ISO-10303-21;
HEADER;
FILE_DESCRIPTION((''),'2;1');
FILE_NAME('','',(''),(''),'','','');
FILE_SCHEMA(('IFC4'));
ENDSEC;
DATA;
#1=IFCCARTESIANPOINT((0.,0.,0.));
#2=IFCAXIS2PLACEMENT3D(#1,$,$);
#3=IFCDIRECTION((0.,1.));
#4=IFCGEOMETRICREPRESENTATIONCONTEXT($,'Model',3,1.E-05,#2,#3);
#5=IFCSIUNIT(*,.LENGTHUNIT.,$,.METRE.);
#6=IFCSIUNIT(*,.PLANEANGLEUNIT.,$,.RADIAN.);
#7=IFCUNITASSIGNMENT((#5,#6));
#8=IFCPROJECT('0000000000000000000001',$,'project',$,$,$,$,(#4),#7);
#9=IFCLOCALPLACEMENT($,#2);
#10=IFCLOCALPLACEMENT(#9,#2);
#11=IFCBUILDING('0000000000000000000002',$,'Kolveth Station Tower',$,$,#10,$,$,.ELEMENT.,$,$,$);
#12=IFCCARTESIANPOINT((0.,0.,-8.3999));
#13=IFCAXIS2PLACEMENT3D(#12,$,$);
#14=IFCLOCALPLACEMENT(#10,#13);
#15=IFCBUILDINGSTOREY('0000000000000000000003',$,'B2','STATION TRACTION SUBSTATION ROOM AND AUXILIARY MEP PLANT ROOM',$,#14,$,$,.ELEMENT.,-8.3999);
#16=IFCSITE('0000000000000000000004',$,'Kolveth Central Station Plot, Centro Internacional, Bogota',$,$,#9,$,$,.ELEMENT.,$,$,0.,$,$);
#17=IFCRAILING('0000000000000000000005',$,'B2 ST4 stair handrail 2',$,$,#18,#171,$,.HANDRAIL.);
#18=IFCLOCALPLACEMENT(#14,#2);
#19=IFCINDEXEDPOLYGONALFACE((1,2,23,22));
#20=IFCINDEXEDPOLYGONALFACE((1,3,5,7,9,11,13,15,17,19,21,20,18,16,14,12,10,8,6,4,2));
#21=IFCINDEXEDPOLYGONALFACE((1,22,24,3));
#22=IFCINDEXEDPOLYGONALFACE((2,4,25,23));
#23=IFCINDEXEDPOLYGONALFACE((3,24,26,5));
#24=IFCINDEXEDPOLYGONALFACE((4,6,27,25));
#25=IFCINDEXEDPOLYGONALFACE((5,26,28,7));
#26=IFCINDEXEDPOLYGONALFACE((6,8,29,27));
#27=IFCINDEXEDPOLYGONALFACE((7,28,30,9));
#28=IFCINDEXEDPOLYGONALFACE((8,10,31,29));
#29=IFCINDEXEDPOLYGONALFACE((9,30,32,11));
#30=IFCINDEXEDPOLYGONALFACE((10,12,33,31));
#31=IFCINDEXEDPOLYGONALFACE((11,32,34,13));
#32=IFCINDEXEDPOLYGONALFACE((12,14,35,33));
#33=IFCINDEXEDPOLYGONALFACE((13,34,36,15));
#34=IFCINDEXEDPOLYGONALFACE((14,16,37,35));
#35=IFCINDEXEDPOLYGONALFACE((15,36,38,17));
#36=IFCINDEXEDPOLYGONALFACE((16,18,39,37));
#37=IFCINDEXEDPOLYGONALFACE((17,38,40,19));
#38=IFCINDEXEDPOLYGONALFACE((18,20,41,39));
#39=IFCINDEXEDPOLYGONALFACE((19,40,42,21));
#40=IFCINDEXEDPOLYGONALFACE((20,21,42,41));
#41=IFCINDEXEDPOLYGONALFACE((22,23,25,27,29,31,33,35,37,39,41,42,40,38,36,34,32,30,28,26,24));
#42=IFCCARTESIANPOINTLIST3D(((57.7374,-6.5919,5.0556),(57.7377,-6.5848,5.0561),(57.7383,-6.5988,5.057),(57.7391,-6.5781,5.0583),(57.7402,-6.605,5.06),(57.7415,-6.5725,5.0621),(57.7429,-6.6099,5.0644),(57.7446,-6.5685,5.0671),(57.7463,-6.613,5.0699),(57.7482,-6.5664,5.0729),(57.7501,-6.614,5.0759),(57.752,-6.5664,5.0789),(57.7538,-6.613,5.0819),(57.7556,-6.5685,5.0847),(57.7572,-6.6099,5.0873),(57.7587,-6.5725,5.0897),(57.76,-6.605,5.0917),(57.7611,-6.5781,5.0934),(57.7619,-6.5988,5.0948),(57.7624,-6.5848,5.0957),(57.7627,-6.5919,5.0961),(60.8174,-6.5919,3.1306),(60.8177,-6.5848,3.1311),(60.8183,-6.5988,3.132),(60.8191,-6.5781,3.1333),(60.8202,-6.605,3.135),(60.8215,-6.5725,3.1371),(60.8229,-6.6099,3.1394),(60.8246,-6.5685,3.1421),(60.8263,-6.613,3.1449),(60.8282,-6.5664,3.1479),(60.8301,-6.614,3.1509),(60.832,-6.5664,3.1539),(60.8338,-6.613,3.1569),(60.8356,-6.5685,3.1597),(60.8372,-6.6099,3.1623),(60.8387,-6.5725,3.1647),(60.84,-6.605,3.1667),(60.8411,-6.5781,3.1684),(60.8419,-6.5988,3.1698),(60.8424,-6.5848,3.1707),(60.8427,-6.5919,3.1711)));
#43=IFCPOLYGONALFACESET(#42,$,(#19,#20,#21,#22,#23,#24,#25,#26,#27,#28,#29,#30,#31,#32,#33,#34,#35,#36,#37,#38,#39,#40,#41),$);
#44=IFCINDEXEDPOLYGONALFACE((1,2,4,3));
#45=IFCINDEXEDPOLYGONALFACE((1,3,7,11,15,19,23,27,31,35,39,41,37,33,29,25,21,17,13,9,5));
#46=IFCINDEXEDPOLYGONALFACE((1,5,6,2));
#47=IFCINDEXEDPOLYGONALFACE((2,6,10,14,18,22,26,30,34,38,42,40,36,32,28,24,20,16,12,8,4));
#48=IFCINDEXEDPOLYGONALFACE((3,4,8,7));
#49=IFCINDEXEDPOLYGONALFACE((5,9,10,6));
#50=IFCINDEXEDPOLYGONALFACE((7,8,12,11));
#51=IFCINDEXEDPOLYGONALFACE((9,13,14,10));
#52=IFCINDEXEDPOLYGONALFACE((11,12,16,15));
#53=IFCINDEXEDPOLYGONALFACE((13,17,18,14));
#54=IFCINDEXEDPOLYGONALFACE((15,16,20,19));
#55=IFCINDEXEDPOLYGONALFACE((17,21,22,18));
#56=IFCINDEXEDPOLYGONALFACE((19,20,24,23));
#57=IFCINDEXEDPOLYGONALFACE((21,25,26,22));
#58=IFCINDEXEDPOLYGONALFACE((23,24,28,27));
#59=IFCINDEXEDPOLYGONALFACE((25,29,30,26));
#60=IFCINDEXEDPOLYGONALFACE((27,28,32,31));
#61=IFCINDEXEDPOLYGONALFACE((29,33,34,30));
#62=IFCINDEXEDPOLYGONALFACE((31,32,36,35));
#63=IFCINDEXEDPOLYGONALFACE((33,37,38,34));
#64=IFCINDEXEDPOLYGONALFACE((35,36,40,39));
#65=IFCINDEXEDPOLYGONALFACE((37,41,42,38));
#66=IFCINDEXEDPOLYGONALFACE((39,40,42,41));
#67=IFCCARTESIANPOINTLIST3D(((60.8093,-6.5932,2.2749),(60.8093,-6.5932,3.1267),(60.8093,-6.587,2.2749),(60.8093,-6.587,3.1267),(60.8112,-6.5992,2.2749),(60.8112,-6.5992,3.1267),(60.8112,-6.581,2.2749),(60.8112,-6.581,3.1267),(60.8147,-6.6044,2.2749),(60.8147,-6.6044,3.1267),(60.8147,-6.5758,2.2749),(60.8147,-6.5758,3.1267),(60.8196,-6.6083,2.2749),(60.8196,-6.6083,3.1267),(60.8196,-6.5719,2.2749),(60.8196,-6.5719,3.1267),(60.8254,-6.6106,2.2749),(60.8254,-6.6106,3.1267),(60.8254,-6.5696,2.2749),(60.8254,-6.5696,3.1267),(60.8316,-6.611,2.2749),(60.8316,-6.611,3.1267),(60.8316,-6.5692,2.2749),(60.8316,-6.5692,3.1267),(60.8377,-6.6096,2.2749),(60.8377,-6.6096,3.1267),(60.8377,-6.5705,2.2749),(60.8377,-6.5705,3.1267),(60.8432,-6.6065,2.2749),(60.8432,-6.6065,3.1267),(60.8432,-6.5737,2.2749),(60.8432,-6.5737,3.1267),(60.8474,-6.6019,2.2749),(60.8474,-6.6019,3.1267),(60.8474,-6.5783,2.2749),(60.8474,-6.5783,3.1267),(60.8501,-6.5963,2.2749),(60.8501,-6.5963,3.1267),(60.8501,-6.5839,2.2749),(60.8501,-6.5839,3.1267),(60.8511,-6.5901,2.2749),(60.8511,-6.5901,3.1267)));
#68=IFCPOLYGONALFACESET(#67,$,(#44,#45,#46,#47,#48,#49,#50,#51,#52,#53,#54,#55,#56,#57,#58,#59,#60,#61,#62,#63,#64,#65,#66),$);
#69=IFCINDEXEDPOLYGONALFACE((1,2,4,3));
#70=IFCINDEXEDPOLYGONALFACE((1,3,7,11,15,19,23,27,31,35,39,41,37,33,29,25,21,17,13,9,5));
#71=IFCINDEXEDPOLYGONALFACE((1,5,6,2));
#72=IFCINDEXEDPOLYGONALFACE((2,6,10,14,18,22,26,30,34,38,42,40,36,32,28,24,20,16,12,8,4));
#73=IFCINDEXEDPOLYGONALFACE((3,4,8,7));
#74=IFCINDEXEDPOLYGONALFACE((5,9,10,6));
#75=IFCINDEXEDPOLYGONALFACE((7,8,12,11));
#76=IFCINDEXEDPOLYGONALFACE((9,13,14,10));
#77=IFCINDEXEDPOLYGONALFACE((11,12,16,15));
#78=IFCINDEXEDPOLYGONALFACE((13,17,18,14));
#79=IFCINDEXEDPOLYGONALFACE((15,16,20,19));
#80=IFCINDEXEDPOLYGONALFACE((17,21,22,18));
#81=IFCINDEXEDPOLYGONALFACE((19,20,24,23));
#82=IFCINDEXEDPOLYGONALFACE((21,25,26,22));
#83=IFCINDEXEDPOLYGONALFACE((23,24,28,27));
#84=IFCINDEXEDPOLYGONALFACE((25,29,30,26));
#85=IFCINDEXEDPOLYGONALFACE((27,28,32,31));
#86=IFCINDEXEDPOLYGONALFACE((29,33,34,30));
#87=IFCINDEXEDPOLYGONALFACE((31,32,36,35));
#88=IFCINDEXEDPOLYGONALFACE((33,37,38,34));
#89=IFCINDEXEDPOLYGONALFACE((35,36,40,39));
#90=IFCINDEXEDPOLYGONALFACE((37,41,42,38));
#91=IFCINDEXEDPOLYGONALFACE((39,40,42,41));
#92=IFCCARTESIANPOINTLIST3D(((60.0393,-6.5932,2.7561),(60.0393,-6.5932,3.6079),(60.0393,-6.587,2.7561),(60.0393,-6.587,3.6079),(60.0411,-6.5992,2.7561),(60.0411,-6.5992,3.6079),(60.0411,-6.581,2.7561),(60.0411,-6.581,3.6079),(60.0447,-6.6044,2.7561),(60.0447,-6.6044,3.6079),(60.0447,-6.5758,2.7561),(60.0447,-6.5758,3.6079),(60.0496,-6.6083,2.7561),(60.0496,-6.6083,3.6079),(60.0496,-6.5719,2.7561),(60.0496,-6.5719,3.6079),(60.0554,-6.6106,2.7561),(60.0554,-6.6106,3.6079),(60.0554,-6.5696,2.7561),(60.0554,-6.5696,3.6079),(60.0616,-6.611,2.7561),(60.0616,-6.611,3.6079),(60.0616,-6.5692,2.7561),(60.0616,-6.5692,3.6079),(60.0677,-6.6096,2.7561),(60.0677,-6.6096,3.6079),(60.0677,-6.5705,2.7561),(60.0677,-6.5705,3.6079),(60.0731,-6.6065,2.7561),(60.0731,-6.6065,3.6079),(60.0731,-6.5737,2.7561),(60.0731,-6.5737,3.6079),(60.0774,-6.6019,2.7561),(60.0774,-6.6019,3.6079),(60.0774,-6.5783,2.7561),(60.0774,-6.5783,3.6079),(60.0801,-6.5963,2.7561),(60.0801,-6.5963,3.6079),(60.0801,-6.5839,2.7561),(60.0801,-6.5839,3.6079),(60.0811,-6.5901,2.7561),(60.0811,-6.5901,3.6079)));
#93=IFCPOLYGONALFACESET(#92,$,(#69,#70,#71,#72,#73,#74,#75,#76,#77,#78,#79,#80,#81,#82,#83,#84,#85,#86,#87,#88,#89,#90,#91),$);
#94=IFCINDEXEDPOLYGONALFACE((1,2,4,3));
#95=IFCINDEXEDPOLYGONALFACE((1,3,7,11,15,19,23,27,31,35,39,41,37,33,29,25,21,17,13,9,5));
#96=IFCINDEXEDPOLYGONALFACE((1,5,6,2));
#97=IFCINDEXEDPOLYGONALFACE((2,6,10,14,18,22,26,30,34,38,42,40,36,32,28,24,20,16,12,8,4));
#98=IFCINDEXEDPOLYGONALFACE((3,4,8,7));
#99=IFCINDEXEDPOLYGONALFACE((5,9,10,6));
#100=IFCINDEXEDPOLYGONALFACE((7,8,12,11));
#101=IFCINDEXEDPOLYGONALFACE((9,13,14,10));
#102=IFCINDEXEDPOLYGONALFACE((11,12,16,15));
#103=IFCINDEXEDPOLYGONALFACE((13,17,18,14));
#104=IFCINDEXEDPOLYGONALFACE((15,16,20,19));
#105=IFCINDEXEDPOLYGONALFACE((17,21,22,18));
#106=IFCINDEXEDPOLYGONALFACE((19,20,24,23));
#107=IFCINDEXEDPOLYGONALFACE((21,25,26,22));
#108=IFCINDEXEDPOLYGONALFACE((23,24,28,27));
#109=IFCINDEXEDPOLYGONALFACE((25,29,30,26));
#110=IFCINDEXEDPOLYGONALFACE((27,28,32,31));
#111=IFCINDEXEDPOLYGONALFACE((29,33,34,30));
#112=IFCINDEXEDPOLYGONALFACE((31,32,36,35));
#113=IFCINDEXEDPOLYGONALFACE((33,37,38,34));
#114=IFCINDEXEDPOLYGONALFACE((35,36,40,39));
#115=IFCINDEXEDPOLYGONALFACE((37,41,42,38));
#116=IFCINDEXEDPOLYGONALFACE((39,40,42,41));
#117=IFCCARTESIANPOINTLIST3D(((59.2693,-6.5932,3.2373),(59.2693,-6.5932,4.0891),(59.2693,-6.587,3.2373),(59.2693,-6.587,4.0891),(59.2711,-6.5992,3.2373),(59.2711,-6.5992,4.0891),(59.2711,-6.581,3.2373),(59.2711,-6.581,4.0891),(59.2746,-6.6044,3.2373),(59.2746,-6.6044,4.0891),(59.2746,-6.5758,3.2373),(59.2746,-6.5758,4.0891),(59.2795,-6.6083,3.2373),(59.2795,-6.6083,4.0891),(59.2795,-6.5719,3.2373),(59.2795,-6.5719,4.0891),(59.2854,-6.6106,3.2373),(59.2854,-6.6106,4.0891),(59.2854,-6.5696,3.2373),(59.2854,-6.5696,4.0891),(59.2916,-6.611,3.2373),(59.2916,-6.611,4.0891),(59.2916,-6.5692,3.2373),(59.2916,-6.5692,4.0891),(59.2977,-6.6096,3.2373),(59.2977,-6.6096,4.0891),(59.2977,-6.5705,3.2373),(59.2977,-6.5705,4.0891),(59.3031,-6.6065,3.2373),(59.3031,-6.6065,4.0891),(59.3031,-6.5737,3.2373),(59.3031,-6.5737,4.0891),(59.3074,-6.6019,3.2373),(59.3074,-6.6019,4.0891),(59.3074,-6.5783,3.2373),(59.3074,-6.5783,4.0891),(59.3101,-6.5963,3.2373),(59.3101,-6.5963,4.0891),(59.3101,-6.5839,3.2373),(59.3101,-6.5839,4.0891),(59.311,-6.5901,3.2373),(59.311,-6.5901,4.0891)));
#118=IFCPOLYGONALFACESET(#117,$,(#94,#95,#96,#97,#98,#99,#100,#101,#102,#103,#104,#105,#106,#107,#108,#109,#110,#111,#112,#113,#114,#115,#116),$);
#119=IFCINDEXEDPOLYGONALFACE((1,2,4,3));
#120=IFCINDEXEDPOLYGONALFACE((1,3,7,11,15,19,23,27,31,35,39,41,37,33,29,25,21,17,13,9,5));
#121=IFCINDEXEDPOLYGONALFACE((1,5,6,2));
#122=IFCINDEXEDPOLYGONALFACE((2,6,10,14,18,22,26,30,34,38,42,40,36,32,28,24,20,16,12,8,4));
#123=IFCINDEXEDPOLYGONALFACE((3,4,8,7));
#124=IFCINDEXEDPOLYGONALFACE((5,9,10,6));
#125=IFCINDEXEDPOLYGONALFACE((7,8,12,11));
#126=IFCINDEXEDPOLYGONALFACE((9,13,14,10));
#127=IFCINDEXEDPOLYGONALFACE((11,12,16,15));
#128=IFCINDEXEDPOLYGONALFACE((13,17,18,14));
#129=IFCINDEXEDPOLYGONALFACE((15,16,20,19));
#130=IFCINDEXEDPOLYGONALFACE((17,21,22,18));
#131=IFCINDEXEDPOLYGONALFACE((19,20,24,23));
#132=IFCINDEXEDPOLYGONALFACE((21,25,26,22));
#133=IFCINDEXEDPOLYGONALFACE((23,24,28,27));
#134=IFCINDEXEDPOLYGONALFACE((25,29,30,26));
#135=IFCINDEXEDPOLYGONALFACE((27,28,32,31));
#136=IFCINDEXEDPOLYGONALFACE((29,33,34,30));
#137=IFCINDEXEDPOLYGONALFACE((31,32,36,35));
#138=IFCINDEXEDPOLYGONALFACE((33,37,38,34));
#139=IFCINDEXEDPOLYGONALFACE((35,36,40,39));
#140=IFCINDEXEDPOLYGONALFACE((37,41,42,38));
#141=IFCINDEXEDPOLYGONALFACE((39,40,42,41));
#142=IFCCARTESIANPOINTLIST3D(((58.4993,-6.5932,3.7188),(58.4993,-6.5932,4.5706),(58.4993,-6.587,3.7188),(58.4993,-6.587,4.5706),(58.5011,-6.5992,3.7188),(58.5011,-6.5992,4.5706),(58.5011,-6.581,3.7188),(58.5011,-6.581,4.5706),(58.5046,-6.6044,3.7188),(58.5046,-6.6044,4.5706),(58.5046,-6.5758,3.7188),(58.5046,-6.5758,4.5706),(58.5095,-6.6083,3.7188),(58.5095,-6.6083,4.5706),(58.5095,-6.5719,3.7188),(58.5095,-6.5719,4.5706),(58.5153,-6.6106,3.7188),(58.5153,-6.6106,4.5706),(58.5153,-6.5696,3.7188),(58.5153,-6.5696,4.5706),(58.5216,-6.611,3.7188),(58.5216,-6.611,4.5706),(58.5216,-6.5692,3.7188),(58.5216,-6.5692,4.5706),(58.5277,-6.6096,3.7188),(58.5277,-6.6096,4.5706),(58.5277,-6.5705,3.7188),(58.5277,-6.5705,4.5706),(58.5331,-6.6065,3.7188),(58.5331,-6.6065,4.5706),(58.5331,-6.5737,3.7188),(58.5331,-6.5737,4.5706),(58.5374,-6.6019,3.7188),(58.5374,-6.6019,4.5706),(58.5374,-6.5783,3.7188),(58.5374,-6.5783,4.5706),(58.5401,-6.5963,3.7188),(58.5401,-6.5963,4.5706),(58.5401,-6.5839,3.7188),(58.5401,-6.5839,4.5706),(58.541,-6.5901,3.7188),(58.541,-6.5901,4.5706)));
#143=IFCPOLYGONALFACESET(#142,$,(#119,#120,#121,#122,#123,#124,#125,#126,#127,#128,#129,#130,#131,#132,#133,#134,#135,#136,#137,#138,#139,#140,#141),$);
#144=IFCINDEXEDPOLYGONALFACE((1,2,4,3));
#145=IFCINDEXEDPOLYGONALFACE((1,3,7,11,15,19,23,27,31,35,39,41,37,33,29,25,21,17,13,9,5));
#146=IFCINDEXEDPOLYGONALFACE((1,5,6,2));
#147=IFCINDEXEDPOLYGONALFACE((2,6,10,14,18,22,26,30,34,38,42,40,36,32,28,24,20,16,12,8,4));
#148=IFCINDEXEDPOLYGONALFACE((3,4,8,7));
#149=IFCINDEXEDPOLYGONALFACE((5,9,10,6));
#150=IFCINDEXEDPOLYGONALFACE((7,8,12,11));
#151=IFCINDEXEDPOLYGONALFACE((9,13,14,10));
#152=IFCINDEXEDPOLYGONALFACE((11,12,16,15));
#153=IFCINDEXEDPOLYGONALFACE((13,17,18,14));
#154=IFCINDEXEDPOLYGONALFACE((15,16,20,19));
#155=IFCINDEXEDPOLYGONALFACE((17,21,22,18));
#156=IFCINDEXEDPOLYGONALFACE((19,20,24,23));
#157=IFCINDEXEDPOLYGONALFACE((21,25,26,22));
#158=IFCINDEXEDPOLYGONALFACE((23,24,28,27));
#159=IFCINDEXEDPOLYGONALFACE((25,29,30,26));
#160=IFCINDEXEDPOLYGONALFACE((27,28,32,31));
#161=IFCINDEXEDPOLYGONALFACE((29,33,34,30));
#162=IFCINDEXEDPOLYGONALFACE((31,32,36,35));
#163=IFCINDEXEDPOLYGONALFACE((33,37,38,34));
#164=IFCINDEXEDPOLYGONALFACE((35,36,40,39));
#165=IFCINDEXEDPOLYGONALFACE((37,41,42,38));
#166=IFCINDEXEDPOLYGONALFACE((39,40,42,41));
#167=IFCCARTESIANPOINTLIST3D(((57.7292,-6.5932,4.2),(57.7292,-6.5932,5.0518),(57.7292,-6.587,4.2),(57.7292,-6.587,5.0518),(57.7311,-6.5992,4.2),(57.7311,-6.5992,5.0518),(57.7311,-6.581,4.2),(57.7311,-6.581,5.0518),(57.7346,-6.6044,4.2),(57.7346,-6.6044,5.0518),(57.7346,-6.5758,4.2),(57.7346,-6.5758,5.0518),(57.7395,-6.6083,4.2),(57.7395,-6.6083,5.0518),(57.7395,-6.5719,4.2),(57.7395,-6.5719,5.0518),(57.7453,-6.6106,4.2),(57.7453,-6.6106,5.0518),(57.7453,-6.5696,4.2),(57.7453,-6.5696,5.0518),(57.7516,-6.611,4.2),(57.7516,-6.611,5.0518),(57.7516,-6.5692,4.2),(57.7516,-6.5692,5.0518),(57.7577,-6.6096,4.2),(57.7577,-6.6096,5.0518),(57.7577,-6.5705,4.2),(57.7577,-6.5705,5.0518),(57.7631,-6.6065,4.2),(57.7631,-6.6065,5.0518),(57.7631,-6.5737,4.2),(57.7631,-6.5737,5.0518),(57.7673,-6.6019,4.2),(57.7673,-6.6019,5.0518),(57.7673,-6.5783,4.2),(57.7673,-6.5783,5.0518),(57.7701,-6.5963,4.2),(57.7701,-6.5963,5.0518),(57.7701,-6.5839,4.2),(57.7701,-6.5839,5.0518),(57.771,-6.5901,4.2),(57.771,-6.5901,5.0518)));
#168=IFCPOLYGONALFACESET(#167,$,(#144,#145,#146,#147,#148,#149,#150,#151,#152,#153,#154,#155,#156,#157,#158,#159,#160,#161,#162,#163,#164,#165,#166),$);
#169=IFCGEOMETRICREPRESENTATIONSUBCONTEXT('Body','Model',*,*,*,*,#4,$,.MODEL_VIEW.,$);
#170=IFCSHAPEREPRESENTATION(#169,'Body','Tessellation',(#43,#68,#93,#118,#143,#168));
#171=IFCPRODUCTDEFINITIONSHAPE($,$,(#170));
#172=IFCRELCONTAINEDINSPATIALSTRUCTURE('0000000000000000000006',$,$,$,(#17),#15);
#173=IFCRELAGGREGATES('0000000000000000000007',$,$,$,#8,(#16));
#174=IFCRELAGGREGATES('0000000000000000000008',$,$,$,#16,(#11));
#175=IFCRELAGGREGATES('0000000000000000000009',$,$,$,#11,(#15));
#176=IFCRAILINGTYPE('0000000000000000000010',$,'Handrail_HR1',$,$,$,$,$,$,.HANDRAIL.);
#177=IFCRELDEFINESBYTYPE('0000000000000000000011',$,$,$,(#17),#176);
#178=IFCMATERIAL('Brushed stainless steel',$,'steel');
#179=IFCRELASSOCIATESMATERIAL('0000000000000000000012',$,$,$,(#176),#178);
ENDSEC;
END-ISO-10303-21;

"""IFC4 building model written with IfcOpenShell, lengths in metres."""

from ifc_helpers import new_model, si_unit, direction, frame, origin, origin_2d, place, context, subcontext, project, spatial, circle, extrude, material, type_object, element, save


model = new_model("IFC4")

# Units and contexts
model_context = context("Model", 3, precision=1e-05, world=origin(), true_north=direction((0.0, 1.0)))
body_context = subcontext(model_context, "Body", "Model", "MODEL_VIEW")
ifc_project = project(units=[si_unit("LENGTHUNIT", "METRE"), si_unit("PLANEANGLEUNIT", "RADIAN")], contexts=[model_context])

# Site, building, storey
site_placement = place(None, origin())
site = spatial("IfcSite", under=ifc_project, at=site_placement, Name="Kolveth Central Station Plot, Centro Internacional, Bogota", CompositionType="ELEMENT", RefElevation=0.0)
building_placement = place(site_placement, origin())
building = spatial("IfcBuilding", under=site, at=building_placement, Name="Kolveth Station Tower", CompositionType="ELEMENT")
storey_placement = place(building_placement, frame((0.0, 0.0, -8.3999)))
storey = spatial("IfcBuildingStorey", under=building, at=storey_placement, Name="B2", Description="STATION TRACTION SUBSTATION ROOM AND AUXILIARY MEP PLANT ROOM", CompositionType="ELEMENT", Elevation=-8.3999)

# Railing
ifc_material_1 = material(Name="Brushed stainless steel", Category="steel")
railing_type_1 = type_object("IfcRailingType", Name="Handrail_HR1", PredefinedType="HANDRAIL", material=ifc_material_1)
railing_1_placement = place(storey_placement, frame((60.8301, -6.5901, 2.2749)))
element("IfcRailing", 1, at=railing_1_placement, inside=storey, type_object=railing_type_1, Name="B2 ST4 stair handrail 2", PredefinedType="HANDRAIL", context=body_context, shape_type="SweptSolid", body=[
    extrude(circle(Radius=0.0239, at=origin_2d()), frame((0.0, 0.0, 0.876), z_axis=(-0.847998, 0.0, 0.529999), x_axis=(0.0, -1.0, 0.0)), (0.0, 0.0, 1.0), 3.6321),
    extrude(circle(Radius=0.021, at=origin_2d()), origin(), (0.0, 0.0, 1.0), 0.8518),
    extrude(circle(Radius=0.021, at=origin_2d()), frame((-0.77, 0.0, 0.4812)), (0.0, 0.0, 1.0), 0.8518),
    extrude(circle(Radius=0.021, at=origin_2d()), frame((-1.54, 0.0, 0.9624)), (0.0, 0.0, 1.0), 0.8518),
    extrude(circle(Radius=0.021, at=origin_2d()), frame((-2.3101, 0.0, 1.4438)), (0.0, 0.0, 1.0), 0.8518),
    extrude(circle(Radius=0.021, at=origin_2d()), frame((-3.0801, 0.0, 1.925)), (0.0, 0.0, 1.0), 0.8518),
])

save(model, "model.ifc")
